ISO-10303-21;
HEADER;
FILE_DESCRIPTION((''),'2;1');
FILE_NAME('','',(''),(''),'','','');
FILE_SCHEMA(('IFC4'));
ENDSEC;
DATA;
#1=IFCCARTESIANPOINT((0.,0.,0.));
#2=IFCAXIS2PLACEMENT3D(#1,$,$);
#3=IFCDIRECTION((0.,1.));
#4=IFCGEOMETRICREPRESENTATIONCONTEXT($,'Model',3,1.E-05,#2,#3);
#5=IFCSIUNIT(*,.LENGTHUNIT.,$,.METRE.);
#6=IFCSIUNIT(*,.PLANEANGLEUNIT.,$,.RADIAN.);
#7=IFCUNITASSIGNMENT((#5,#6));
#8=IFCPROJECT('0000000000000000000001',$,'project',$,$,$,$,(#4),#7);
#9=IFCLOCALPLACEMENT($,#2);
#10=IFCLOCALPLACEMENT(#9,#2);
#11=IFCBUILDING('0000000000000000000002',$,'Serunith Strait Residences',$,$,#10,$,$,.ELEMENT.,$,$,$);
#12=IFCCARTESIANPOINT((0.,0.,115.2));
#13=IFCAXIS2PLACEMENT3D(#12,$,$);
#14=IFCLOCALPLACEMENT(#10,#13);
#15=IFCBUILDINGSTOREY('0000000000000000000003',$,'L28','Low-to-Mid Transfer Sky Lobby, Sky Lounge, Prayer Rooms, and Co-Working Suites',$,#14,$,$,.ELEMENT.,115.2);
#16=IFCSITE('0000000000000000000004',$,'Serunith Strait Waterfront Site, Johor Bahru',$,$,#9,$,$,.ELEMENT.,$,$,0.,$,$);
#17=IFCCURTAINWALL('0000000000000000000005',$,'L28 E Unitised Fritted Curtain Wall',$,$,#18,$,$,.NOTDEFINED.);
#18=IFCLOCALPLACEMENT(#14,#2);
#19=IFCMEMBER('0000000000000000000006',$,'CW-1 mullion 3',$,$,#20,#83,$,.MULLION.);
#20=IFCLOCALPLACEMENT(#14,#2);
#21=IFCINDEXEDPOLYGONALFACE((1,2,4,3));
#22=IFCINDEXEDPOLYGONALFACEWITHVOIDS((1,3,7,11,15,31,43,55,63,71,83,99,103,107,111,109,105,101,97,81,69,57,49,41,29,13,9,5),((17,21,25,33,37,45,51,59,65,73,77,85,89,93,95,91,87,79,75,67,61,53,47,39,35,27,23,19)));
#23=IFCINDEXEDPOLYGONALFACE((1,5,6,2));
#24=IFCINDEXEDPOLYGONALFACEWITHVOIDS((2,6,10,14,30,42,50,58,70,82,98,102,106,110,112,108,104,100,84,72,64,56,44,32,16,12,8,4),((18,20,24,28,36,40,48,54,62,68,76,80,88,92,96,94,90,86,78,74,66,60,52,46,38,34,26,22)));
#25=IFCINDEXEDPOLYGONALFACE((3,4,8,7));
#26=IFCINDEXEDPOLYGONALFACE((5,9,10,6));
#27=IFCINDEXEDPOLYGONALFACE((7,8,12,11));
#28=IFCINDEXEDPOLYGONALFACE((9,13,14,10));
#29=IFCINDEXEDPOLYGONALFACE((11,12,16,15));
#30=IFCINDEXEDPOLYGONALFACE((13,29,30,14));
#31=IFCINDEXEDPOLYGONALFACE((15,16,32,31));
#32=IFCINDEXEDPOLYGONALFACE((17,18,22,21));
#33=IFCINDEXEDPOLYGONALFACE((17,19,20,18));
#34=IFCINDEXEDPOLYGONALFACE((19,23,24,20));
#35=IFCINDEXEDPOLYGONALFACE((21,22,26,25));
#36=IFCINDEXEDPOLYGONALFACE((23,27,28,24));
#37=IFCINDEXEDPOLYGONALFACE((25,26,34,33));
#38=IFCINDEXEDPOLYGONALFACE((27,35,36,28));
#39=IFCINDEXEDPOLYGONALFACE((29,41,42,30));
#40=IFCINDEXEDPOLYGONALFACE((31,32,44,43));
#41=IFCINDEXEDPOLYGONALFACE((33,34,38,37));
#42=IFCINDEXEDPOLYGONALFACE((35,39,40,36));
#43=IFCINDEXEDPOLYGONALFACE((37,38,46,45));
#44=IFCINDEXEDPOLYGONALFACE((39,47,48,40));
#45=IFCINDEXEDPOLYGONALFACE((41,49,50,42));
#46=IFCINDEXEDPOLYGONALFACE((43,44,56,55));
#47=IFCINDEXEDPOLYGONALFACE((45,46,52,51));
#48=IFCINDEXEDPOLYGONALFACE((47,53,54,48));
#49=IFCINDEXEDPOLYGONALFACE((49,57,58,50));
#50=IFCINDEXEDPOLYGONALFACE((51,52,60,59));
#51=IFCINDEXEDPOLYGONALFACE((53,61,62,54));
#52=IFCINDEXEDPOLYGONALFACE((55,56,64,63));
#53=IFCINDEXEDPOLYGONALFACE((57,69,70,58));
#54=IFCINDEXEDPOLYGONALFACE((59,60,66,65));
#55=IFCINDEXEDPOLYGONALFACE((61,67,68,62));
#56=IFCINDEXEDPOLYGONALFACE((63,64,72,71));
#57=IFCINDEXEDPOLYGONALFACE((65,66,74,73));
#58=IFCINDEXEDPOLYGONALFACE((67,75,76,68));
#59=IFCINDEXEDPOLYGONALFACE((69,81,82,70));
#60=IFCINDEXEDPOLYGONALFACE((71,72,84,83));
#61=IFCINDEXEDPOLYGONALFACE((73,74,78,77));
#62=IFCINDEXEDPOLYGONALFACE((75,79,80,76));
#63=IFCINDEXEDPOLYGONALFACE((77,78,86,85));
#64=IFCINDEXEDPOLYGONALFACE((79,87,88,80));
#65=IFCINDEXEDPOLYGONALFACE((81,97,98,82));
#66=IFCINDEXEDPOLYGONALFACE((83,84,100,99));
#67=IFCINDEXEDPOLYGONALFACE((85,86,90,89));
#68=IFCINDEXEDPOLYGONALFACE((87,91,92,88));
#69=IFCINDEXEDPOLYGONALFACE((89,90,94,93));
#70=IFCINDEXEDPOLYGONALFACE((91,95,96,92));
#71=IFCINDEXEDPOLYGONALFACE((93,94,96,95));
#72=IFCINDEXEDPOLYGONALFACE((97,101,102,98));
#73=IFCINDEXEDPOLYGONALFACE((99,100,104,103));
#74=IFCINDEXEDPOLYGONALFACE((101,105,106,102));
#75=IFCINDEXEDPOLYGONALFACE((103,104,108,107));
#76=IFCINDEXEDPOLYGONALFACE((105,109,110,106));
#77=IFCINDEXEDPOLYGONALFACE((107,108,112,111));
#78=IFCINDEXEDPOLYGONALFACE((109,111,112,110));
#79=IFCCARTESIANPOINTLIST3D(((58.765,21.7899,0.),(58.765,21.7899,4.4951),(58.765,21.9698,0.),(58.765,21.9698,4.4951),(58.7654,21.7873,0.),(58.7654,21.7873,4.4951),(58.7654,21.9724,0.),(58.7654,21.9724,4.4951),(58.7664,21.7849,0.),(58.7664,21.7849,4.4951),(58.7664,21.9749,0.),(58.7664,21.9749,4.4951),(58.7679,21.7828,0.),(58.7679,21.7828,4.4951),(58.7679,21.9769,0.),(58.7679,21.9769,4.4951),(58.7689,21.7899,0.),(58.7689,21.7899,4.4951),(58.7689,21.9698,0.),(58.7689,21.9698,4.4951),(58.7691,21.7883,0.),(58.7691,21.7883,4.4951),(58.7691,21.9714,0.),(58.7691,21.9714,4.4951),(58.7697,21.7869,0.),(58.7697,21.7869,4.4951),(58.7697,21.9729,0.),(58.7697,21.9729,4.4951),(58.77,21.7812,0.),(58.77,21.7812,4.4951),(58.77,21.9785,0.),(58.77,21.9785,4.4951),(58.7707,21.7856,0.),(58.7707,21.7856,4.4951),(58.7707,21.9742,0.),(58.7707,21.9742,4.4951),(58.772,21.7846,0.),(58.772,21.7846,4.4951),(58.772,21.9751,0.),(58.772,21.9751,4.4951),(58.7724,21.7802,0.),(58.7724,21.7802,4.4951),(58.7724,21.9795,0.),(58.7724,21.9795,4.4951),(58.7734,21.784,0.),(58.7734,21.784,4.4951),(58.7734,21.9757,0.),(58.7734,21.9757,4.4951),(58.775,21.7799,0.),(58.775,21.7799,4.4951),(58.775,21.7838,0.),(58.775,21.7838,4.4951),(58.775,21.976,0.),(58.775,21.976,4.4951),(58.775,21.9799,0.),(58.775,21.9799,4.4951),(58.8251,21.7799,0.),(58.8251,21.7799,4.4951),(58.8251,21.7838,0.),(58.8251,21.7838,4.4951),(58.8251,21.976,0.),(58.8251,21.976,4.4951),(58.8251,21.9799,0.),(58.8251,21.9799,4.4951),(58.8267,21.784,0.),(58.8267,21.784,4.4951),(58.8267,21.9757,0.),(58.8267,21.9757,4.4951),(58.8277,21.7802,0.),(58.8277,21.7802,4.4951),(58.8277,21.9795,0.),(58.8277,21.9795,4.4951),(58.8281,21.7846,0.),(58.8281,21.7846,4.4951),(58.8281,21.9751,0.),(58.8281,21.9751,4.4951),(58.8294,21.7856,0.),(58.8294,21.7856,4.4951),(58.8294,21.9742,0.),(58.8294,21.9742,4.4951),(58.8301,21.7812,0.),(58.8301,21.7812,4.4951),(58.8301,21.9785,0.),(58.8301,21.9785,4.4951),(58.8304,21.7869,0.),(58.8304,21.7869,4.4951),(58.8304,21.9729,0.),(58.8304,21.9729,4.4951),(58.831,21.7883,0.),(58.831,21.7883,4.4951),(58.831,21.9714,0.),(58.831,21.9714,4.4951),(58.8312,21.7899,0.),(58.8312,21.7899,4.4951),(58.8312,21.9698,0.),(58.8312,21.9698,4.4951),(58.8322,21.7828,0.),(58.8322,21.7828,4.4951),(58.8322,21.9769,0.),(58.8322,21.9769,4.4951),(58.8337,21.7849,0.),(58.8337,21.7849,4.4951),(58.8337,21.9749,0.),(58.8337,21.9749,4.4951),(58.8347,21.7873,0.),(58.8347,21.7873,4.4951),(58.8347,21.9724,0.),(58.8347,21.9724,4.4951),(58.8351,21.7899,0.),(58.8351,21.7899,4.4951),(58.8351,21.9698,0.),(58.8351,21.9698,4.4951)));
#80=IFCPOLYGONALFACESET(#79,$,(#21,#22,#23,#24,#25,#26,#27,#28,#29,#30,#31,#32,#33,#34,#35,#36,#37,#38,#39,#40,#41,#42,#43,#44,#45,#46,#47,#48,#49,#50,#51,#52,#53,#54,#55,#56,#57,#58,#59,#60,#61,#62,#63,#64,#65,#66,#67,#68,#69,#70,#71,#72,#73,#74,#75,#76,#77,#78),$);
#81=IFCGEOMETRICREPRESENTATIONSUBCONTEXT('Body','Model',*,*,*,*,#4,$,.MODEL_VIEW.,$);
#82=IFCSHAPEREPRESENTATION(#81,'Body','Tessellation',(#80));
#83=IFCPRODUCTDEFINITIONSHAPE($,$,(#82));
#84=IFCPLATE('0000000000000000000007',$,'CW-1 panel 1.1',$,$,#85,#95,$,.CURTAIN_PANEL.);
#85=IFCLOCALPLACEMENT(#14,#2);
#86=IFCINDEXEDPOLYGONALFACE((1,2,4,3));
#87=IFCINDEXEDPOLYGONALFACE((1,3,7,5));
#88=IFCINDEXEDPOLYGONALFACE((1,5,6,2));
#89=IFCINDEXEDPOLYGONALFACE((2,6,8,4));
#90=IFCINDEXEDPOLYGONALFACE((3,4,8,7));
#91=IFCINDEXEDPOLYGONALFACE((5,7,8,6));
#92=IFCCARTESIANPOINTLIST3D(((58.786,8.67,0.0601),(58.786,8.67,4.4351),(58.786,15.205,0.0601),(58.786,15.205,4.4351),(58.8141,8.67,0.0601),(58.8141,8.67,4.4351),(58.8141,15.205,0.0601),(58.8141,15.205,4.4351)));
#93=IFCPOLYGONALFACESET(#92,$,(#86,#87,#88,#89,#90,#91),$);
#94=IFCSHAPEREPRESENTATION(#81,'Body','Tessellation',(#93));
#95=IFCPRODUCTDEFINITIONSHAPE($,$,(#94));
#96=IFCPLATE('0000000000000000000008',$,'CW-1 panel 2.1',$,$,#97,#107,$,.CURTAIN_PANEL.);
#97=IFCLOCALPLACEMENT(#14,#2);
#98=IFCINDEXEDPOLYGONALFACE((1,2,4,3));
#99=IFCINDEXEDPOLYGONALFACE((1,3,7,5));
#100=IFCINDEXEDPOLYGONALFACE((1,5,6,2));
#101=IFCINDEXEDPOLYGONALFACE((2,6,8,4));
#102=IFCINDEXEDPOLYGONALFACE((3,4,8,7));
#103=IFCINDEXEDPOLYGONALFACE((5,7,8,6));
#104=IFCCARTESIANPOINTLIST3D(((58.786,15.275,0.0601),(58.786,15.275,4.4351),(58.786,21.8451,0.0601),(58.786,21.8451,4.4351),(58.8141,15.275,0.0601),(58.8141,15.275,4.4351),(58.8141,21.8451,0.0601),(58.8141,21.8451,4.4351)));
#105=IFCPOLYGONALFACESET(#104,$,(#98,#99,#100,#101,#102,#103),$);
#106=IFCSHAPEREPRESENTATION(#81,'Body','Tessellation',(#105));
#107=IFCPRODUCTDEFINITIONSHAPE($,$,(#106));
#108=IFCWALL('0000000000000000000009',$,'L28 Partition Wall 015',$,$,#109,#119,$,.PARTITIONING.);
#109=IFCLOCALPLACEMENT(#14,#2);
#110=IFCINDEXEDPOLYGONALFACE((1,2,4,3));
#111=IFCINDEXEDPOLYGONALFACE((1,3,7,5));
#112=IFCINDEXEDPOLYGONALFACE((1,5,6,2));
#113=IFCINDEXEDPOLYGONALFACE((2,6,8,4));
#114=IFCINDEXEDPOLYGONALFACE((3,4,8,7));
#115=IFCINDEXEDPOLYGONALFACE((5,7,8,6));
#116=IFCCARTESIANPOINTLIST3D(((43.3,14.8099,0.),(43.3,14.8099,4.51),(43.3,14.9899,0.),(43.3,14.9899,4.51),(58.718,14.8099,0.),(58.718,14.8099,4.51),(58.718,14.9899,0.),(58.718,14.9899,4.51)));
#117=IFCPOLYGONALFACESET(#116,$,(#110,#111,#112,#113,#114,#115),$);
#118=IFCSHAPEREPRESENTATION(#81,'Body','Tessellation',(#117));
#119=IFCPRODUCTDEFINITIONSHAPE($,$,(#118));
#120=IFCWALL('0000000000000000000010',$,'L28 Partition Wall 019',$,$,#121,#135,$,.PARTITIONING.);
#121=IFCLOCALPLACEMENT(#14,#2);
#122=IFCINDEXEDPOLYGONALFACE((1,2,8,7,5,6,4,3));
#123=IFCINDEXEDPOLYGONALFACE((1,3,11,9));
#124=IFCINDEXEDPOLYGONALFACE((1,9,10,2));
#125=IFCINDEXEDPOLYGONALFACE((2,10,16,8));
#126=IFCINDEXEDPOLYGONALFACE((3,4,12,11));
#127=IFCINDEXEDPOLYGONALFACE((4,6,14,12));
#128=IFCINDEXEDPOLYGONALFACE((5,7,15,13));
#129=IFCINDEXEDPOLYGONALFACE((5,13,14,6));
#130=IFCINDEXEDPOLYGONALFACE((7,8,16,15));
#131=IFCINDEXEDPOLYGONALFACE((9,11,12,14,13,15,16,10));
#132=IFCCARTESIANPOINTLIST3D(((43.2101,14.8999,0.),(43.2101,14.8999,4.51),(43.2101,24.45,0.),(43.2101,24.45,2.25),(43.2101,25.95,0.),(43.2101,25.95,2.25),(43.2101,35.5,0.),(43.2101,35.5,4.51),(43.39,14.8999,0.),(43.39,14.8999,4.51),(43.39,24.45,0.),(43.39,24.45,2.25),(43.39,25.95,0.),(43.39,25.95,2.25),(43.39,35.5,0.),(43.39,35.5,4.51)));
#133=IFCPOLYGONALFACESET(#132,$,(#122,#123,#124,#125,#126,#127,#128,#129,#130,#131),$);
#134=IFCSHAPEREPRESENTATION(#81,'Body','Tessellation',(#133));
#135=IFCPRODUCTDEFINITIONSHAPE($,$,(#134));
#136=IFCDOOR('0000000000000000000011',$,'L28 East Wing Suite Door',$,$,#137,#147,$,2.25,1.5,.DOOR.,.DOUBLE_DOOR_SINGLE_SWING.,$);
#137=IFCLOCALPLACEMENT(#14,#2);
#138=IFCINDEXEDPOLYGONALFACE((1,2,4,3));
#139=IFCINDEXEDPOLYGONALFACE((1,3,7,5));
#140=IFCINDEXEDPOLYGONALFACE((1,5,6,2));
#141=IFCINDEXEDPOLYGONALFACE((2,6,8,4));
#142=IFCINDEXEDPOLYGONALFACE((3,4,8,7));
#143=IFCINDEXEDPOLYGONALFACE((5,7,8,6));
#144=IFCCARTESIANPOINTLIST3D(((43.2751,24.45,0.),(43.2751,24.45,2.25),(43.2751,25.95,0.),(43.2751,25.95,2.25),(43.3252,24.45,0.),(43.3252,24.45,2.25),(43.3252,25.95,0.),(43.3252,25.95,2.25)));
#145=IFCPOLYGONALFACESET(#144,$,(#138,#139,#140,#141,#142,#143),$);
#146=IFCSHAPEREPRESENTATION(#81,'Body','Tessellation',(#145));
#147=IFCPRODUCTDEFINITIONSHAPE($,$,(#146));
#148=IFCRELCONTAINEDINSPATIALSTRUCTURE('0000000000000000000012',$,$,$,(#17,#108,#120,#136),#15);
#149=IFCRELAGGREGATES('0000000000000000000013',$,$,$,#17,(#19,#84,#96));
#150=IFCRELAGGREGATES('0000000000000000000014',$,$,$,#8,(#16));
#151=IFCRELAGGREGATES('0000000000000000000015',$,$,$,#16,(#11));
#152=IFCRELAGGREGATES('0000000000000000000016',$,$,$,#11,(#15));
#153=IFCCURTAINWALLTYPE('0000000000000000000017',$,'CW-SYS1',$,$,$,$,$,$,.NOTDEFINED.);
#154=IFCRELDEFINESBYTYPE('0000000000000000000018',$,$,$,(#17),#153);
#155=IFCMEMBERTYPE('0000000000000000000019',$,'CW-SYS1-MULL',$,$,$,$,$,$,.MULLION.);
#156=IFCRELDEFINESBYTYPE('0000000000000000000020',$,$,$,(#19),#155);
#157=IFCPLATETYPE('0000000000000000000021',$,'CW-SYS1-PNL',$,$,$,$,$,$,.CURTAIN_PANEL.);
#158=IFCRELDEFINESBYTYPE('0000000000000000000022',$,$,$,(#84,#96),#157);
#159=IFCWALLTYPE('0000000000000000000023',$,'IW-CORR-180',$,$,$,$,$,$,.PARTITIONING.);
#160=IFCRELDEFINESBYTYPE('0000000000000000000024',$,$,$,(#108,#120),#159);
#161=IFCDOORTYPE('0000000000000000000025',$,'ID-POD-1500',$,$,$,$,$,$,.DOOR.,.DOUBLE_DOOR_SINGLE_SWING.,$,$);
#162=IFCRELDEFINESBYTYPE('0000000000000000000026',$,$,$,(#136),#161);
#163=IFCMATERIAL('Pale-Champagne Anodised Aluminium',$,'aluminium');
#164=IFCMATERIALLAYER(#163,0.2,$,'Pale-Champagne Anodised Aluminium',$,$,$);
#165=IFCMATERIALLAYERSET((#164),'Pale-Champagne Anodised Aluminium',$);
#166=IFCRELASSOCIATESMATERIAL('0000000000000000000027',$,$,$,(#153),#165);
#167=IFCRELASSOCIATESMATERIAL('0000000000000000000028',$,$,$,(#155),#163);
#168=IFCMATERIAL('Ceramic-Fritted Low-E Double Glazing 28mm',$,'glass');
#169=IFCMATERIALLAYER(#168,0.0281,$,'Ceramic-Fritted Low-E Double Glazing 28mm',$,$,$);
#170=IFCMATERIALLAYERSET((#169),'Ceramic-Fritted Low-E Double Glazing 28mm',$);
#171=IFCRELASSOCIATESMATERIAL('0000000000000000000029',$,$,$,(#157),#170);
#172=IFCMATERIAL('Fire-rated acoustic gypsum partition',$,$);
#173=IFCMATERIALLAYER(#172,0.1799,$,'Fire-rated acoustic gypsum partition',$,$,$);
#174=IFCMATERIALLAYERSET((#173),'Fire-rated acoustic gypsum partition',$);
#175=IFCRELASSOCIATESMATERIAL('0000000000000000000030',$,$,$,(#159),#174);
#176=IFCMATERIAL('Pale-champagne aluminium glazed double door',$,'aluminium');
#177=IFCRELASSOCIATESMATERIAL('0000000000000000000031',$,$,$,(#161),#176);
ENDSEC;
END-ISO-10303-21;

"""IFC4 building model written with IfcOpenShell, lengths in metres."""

from ifc_helpers import new_model, si_unit, direction, frame, frame_2d, origin, origin_2d, place, context, subcontext, project, spatial, rectangle, hollow_rectangle, extrude, source, transform, mapped, material, layer, layer_set, material_profile, profile_set, type_object, element, fill, aggregate, save


model = new_model("IFC4")

# Units and contexts
model_context = context("Model", 3, precision=1e-05, world=origin(), true_north=direction((0.0, 1.0)))
body_context = subcontext(model_context, "Body", "Model", "MODEL_VIEW")
ifc_project = project(units=[si_unit("LENGTHUNIT", "METRE"), si_unit("PLANEANGLEUNIT", "RADIAN")], contexts=[model_context])

# Site, building, storey
site_placement = place(None, origin())
site = spatial("IfcSite", under=ifc_project, at=site_placement, Name="Serunith Strait Waterfront Site, Johor Bahru", CompositionType="ELEMENT", RefElevation=0.0)
building_placement = place(site_placement, origin())
building = spatial("IfcBuilding", under=site, at=building_placement, Name="Serunith Strait Residences", CompositionType="ELEMENT")
storey_placement = place(building_placement, frame((0.0, 0.0, 115.2)))
storey = spatial("IfcBuildingStorey", under=building, at=storey_placement, Name="L28", Description="Low-to-Mid Transfer Sky Lobby, Sky Lounge, Prayer Rooms, and Co-Working Suites", CompositionType="ELEMENT", Elevation=115.2)

# Curtain wall, member, plates
ifc_material_1 = material(Name="Pale-Champagne Anodised Aluminium", Category="aluminium")
ifc_layer_1 = layer(ifc_material_1, 0.2, Name="Pale-Champagne Anodised Aluminium")
ifc_layer_set_1 = layer_set([ifc_layer_1], Name="Pale-Champagne Anodised Aluminium")
curtain_wall_type = type_object("IfcCurtainWallType", Name="CW-SYS1", PredefinedType="NOTDEFINED", material=ifc_layer_set_1)
curtain_wall_placement = place(storey_placement, origin())
curtain_wall = element("IfcCurtainWall", 1, at=curtain_wall_placement, inside=storey, type_object=curtain_wall_type, Name="L28 E Unitised Fritted Curtain Wall", PredefinedType="NOTDEFINED")
ifc_material_profile_1 = material_profile(ifc_material_1, hollow_rectangle(XDim=0.0701, YDim=0.2, WallThickness=0.0039, InnerFilletRadius=0.0061, OuterFilletRadius=0.01, at=origin_2d()), Name="ALU 200x70x4")
ifc_profile_set_1 = profile_set([ifc_material_profile_1], Name="Pale-Champagne Anodised Aluminium")
member_type_1 = type_object("IfcMemberType", Name="CW-SYS1-MULL", PredefinedType="MULLION", material=ifc_profile_set_1)
shared_shape_1 = source(origin(), body_context, "Body", "SweptSolid", [
    extrude(hollow_rectangle(XDim=0.0701, YDim=0.2, WallThickness=0.0039, InnerFilletRadius=0.0061, OuterFilletRadius=0.01, at=origin_2d()), origin(), (0.0, 0.0, 1.0), 4.4951),
])
member_1_placement = place(storey_placement, frame((58.8, 21.8799, 0.0), z_axis=(0.0, 0.0, 1.0), x_axis=(-1.0, 0.0, 0.0)))
member_1 = element("IfcMember", 2, at=member_1_placement, type_object=member_type_1, Name="CW-1 mullion 3", PredefinedType="MULLION", context=body_context, shape_type="MappedRepresentation", body=[
    mapped(shared_shape_1, transform((0.0, 0.0, 0.0), scale=1.0)),
])
ifc_material_2 = material(Name="Ceramic-Fritted Low-E Double Glazing 28mm", Category="glass")
ifc_layer_2 = layer(ifc_material_2, 0.0281, Name="Ceramic-Fritted Low-E Double Glazing 28mm")
ifc_layer_set_2 = layer_set([ifc_layer_2], Name="Ceramic-Fritted Low-E Double Glazing 28mm")
plate_type = type_object("IfcPlateType", Name="CW-SYS1-PNL", PredefinedType="CURTAIN_PANEL", material=ifc_layer_set_2)
shared_shape_2 = source(origin(), body_context, "Body", "SweptSolid", [
    extrude(rectangle(XDim=6.5349, YDim=0.0281, at=origin_2d()), origin(), (0.0, 0.0, 1.0), 4.375),
])
plate_1_placement = place(storey_placement, frame((58.8, 11.9375, 0.0601), z_axis=(0.0, 0.0, 1.0), x_axis=(0.0, 1.0, 0.0)))
plate_1 = element("IfcPlate", 3, at=plate_1_placement, type_object=plate_type, Name="CW-1 panel 1.1", PredefinedType="CURTAIN_PANEL", context=body_context, shape_type="MappedRepresentation", body=[
    mapped(shared_shape_2, transform((0.0, 0.0, 0.0), scale=1.0)),
])
shared_shape_3 = source(origin(), body_context, "Body", "SweptSolid", [
    extrude(rectangle(XDim=6.5701, YDim=0.0281, at=origin_2d()), origin(), (0.0, 0.0, 1.0), 4.375),
])
plate_2_placement = place(storey_placement, frame((58.8, 18.5601, 0.0601), z_axis=(0.0, 0.0, 1.0), x_axis=(0.0, 1.0, 0.0)))
plate_2 = element("IfcPlate", 4, at=plate_2_placement, type_object=plate_type, Name="CW-1 panel 2.1", PredefinedType="CURTAIN_PANEL", context=body_context, shape_type="MappedRepresentation", body=[
    mapped(shared_shape_3, transform((0.0, 0.0, 0.0), scale=1.0)),
])
aggregate(curtain_wall, [member_1, plate_1, plate_2])

# Wall
ifc_material_3 = material(Name="Fire-rated acoustic gypsum partition")
ifc_layer_3 = layer(ifc_material_3, 0.1799, Name="Fire-rated acoustic gypsum partition")
ifc_layer_set_3 = layer_set([ifc_layer_3], Name="Fire-rated acoustic gypsum partition")
wall_type = type_object("IfcWallType", Name="IW-CORR-180", PredefinedType="PARTITIONING", material=ifc_layer_set_3)
wall_1_placement = place(storey_placement, frame((43.3, 14.8999, 0.0), z_axis=(0.0, 0.0, 1.0), x_axis=(1.0, 0.0, 0.0)))
element("IfcWall", 5, at=wall_1_placement, inside=storey, type_object=wall_type, Name="L28 Partition Wall 015", PredefinedType="PARTITIONING", context=body_context, shape_type="SweptSolid", body=[
    extrude(rectangle(XDim=15.418, YDim=0.1799, at=frame_2d((7.709, 0.0))), origin(), (0.0, 0.0, 1.0), 4.51),
])

# Wall, opening, door
wall_2_placement = place(storey_placement, frame((43.3, 14.8999, 0.0), z_axis=(0.0, 0.0, 1.0), x_axis=(0.0, 1.0, 0.0)))
wall_2 = element("IfcWall", 6, at=wall_2_placement, inside=storey, type_object=wall_type, Name="L28 Partition Wall 019", PredefinedType="PARTITIONING", context=body_context, shape_type="SweptSolid", body=[
    extrude(rectangle(XDim=20.6001, YDim=0.1799, at=frame_2d((10.3, 0.0))), origin(), (0.0, 0.0, 1.0), 4.51),
])
opening_placement = place(wall_2_placement, frame((9.55, 0.0, 0.0)))
opening = element("IfcOpeningElement", 7, at=opening_placement, cuts=wall_2, PredefinedType="OPENING", context=body_context, shape_type="SweptSolid", body=[
    extrude(rectangle(XDim=1.5, YDim=2.25, at=frame_2d((0.75, 1.125))), frame((0.0, 0.1001, 0.0), z_axis=(0.0, -1.0, 0.0), x_axis=(1.0, 0.0, 0.0)), (0.0, 0.0, 1.0), 0.2),
])
ifc_material_4 = material(Name="Pale-champagne aluminium glazed double door", Category="aluminium")
door_type = type_object("IfcDoorType", Name="ID-POD-1500", OperationType="DOUBLE_DOOR_SINGLE_SWING", PredefinedType="DOOR", material=ifc_material_4)
shared_shape_4 = source(origin(), body_context, "Body", "SweptSolid", [
    extrude(rectangle(XDim=1.5, YDim=2.25, at=frame_2d((0.75, 1.125))), frame((0.0, 0.0249, 0.0), z_axis=(0.0, -1.0, 0.0), x_axis=(1.0, 0.0, 0.0)), (0.0, 0.0, 1.0), 0.05),
])
door_placement = place(opening_placement, origin())
door = element("IfcDoor", 8, at=door_placement, inside=storey, type_object=door_type, Name="L28 East Wing Suite Door", OperationType="DOUBLE_DOOR_SINGLE_SWING", OverallHeight=2.25, OverallWidth=1.5, PredefinedType="DOOR", context=body_context, shape_type="MappedRepresentation", body=[
    mapped(shared_shape_4, transform((0.0, 0.0, 0.0), scale=1.0)),
])
fill(opening, door)

save(model, "model.ifc")
